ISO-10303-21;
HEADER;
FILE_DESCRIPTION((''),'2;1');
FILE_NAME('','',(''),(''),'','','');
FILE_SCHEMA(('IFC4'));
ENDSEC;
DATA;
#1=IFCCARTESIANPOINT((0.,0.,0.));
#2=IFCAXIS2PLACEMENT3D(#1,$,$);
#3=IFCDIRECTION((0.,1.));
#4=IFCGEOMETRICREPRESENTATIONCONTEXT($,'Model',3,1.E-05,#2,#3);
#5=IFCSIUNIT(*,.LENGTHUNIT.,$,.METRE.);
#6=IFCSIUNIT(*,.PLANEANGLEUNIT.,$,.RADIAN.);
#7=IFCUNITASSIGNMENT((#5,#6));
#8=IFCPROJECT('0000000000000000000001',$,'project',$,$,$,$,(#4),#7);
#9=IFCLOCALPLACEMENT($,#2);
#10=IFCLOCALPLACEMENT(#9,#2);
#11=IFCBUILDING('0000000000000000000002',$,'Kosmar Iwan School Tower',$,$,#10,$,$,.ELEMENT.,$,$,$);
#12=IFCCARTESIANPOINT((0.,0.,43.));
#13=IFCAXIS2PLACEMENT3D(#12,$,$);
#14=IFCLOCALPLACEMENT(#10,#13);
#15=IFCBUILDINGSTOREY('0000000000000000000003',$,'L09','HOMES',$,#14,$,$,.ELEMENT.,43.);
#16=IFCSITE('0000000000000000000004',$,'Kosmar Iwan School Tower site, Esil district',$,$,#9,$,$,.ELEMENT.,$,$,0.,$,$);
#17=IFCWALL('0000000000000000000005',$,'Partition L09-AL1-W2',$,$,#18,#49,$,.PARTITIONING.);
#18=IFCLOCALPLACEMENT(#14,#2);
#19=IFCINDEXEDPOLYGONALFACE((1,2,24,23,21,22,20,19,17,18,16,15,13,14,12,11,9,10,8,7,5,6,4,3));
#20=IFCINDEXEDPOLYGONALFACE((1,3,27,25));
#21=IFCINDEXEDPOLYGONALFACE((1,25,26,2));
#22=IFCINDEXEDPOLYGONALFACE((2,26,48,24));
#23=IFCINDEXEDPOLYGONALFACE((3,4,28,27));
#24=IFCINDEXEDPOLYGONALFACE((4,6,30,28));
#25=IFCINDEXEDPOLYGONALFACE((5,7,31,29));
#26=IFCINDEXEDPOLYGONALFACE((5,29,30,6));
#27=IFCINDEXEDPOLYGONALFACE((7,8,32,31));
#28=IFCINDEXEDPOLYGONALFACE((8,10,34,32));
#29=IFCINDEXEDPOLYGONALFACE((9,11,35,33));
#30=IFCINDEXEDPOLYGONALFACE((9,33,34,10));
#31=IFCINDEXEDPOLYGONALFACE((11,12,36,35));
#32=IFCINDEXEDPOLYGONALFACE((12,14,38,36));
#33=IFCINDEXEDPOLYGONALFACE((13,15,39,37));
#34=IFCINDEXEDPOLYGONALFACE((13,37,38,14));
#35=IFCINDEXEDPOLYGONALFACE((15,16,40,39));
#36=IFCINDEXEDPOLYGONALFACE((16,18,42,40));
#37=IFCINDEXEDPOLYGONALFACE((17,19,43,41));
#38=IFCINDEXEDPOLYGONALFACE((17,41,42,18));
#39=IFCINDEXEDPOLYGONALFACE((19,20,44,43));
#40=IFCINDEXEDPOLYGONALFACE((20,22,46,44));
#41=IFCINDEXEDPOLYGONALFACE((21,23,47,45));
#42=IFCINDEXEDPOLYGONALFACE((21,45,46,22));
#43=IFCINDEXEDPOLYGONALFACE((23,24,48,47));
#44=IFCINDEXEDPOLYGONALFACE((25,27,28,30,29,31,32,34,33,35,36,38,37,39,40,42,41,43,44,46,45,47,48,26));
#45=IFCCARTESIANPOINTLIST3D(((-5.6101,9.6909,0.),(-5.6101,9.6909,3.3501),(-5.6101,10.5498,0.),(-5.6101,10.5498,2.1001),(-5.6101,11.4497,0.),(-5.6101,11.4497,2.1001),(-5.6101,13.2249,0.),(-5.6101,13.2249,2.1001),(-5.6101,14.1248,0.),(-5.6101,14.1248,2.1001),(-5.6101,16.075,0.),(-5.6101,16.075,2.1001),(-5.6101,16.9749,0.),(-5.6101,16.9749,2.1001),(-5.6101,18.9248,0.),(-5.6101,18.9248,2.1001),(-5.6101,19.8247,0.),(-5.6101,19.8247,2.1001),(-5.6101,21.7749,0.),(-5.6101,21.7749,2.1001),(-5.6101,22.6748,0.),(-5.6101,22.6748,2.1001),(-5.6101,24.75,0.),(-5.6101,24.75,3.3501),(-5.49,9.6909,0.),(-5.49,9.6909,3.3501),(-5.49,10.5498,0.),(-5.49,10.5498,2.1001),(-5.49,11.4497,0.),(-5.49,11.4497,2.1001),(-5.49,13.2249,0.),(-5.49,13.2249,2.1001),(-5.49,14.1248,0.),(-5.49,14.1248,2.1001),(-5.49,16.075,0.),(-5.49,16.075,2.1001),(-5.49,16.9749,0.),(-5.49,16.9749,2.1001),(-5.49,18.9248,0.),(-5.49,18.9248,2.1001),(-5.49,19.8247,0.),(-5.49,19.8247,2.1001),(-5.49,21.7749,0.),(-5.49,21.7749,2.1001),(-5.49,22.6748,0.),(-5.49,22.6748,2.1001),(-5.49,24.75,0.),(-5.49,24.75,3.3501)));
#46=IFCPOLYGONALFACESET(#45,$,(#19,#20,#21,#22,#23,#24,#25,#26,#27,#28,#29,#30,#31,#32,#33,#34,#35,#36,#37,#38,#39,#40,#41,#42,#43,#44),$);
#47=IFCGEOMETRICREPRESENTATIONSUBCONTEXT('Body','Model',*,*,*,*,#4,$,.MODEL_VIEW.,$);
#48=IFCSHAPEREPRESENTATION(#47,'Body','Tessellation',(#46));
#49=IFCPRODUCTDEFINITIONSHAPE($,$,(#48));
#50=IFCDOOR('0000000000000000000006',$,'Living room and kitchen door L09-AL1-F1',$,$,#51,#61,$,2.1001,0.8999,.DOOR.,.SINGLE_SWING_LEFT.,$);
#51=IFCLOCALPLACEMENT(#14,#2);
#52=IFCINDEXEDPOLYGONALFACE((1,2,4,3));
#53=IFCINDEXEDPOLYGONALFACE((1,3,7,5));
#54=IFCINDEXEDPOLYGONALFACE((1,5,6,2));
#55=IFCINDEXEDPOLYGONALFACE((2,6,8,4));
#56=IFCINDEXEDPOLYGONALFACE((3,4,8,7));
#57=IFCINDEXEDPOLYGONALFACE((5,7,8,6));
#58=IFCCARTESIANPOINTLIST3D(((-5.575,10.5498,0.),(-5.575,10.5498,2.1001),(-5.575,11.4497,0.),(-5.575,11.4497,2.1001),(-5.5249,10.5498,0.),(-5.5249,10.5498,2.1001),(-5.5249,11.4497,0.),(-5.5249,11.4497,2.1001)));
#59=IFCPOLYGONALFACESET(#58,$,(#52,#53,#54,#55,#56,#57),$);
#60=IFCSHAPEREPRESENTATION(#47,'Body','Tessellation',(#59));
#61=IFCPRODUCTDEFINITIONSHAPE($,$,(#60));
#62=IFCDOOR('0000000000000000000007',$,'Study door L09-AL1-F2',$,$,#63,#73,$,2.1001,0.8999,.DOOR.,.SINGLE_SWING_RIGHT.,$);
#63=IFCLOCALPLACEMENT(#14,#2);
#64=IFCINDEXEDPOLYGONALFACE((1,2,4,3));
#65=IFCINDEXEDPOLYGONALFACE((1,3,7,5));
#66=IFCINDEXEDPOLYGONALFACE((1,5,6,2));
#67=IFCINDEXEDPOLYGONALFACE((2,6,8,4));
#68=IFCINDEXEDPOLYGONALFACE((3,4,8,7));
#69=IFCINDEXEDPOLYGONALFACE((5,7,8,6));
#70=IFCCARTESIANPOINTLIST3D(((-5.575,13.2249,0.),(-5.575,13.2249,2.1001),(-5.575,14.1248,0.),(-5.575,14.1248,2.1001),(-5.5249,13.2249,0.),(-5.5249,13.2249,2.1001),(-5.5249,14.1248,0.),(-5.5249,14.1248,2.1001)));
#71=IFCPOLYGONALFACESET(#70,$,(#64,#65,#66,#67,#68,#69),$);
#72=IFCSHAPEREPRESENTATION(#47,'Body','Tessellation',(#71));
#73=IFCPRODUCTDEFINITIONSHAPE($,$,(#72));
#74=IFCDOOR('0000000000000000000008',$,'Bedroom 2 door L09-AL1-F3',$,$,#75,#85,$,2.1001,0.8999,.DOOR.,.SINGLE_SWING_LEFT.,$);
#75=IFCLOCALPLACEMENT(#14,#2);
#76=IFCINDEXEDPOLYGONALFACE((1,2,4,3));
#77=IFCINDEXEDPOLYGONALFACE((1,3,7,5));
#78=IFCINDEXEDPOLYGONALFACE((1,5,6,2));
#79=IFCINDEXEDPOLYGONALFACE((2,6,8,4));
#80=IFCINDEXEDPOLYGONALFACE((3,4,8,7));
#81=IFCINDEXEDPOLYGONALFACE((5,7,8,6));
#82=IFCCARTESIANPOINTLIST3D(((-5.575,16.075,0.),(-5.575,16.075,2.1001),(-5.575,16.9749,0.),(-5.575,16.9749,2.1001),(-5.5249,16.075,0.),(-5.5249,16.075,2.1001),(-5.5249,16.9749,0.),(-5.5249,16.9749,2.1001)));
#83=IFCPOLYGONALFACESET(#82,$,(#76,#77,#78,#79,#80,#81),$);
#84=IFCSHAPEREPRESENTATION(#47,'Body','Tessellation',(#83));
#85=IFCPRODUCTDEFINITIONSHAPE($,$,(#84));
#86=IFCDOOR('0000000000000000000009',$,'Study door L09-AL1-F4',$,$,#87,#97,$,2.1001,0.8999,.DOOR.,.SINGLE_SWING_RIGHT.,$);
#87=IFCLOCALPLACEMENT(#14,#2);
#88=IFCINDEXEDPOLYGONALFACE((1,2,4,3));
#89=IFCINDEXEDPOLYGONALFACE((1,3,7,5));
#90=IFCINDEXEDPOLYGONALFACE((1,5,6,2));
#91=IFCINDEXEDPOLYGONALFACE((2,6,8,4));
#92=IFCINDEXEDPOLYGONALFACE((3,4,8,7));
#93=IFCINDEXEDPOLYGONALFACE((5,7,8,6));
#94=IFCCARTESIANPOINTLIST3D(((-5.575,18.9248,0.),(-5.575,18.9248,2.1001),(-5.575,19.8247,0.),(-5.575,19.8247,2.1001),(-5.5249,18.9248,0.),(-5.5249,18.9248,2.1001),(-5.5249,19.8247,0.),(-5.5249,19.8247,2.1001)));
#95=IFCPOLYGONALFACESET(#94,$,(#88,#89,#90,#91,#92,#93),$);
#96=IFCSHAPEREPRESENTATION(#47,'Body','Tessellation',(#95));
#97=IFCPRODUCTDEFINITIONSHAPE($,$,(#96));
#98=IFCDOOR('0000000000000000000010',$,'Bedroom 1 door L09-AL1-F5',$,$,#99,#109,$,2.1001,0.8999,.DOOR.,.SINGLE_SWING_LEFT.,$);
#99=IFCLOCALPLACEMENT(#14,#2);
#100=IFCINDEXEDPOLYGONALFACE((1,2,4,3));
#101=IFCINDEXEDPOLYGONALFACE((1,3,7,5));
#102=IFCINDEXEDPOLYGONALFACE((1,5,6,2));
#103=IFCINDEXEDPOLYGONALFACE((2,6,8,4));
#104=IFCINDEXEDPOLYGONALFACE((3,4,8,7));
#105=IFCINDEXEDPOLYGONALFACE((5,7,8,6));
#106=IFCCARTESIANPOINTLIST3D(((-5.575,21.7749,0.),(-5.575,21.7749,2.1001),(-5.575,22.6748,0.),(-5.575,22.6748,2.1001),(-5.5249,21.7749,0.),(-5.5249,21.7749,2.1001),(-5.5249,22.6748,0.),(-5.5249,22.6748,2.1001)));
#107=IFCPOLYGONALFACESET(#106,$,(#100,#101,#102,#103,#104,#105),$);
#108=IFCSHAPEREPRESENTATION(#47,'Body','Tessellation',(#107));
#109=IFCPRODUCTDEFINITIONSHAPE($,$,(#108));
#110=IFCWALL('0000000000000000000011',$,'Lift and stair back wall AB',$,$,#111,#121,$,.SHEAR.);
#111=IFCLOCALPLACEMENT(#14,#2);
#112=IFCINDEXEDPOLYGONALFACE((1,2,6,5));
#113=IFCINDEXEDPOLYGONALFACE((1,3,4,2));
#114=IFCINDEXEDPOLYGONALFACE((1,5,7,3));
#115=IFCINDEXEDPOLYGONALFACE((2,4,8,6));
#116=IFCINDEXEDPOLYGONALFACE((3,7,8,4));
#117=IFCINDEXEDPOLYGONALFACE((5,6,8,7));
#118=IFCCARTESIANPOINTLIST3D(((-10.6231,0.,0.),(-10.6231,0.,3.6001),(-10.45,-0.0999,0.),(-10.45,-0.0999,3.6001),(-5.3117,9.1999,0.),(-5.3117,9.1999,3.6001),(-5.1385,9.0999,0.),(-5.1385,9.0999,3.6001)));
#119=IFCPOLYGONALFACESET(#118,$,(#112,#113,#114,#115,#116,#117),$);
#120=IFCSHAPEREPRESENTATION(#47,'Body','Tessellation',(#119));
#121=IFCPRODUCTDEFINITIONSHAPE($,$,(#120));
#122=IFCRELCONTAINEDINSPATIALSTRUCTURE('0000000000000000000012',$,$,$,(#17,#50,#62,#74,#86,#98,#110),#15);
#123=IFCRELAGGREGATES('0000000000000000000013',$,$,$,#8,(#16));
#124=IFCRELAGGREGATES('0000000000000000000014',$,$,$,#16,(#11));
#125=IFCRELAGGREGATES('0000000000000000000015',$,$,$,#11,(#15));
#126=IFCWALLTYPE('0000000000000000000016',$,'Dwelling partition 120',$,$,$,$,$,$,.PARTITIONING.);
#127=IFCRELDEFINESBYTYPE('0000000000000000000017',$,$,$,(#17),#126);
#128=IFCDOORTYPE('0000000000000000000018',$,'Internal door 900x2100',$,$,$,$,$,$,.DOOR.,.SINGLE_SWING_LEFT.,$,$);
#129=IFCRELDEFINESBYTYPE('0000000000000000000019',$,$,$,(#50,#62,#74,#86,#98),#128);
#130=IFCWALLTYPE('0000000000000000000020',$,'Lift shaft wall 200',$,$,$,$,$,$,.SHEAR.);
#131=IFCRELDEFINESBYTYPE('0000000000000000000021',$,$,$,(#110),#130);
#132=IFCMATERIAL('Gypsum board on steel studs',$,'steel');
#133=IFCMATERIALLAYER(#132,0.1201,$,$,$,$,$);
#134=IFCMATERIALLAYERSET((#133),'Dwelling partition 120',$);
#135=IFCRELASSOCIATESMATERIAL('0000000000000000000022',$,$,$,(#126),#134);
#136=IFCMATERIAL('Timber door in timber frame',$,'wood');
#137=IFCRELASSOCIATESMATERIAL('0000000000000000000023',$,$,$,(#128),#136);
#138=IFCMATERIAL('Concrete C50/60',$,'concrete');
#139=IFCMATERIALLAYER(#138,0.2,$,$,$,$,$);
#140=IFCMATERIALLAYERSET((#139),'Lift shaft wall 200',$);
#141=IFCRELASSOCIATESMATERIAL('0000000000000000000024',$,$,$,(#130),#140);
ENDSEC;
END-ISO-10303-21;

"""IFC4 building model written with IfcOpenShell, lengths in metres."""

from ifc_helpers import new_model, si_unit, direction, frame, frame_2d, origin, place, context, subcontext, project, spatial, rectangle, extrude, material, layer, layer_set, type_object, element, fill, save


model = new_model("IFC4")

# Units and contexts
model_context = context("Model", 3, precision=1e-05, world=origin(), true_north=direction((0.0, 1.0)))
body_context = subcontext(model_context, "Body", "Model", "MODEL_VIEW")
ifc_project = project(units=[si_unit("LENGTHUNIT", "METRE"), si_unit("PLANEANGLEUNIT", "RADIAN")], contexts=[model_context])

# Site, building, storey
site_placement = place(None, origin())
site = spatial("IfcSite", under=ifc_project, at=site_placement, Name="Kosmar Iwan School Tower site, Esil district", CompositionType="ELEMENT", RefElevation=0.0)
building_placement = place(site_placement, origin())
building = spatial("IfcBuilding", under=site, at=building_placement, Name="Kosmar Iwan School Tower", CompositionType="ELEMENT")
storey_placement = place(building_placement, frame((0.0, 0.0, 43.0)))
storey = spatial("IfcBuildingStorey", under=building, at=storey_placement, Name="L09", Description="HOMES", CompositionType="ELEMENT", Elevation=43.0)

# Wall, openings, doors
ifc_material_1 = material(Name="Gypsum board on steel studs", Category="steel")
ifc_layer_1 = layer(ifc_material_1, 0.1201)
ifc_layer_set_1 = layer_set([ifc_layer_1], Name="Dwelling partition 120")
wall_type_1 = type_object("IfcWallType", Name="Dwelling partition 120", PredefinedType="PARTITIONING", material=ifc_layer_set_1)
wall_1_placement = place(storey_placement, frame((-5.55, 9.6909, 0.0), z_axis=(0.0, 0.0, 1.0), x_axis=(0.0, 1.0, 0.0)))
wall_1 = element("IfcWall", 1, at=wall_1_placement, inside=storey, type_object=wall_type_1, Name="Partition L09-AL1-W2", PredefinedType="PARTITIONING", context=body_context, shape_type="SweptSolid", body=[
    extrude(rectangle(XDim=15.0591, YDim=0.1201, at=frame_2d((7.5295, 0.0))), origin(), (0.0, 0.0, 1.0), 3.3501),
])
opening_1_placement = place(wall_1_placement, frame((0.8589, 0.0, 0.0)))
opening_1 = element("IfcOpeningElement", 2, at=opening_1_placement, cuts=wall_1, PredefinedType="OPENING", context=body_context, shape_type="SweptSolid", body=[
    extrude(rectangle(XDim=0.8999, YDim=2.1001, at=frame_2d((0.45, 1.05))), frame((0.0, 0.072, 0.0), z_axis=(0.0, -1.0, 0.0), x_axis=(1.0, 0.0, 0.0)), (0.0, 0.0, 1.0), 0.144),
])
opening_2_placement = place(wall_1_placement, frame((3.5339, 0.0, 0.0)))
opening_2 = element("IfcOpeningElement", 3, at=opening_2_placement, cuts=wall_1, PredefinedType="OPENING", context=body_context, shape_type="SweptSolid", body=[
    extrude(rectangle(XDim=0.8999, YDim=2.1001, at=frame_2d((0.45, 1.05))), frame((0.0, 0.072, 0.0), z_axis=(0.0, -1.0, 0.0), x_axis=(1.0, 0.0, 0.0)), (0.0, 0.0, 1.0), 0.144),
])
opening_3_placement = place(wall_1_placement, frame((6.384, 0.0, 0.0)))
opening_3 = element("IfcOpeningElement", 4, at=opening_3_placement, cuts=wall_1, PredefinedType="OPENING", context=body_context, shape_type="SweptSolid", body=[
    extrude(rectangle(XDim=0.8999, YDim=2.1001, at=frame_2d((0.45, 1.05))), frame((0.0, 0.072, 0.0), z_axis=(0.0, -1.0, 0.0), x_axis=(1.0, 0.0, 0.0)), (0.0, 0.0, 1.0), 0.144),
])
opening_4_placement = place(wall_1_placement, frame((9.2339, 0.0, 0.0)))
opening_4 = element("IfcOpeningElement", 5, at=opening_4_placement, cuts=wall_1, PredefinedType="OPENING", context=body_context, shape_type="SweptSolid", body=[
    extrude(rectangle(XDim=0.8999, YDim=2.1001, at=frame_2d((0.45, 1.05))), frame((0.0, 0.072, 0.0), z_axis=(0.0, -1.0, 0.0), x_axis=(1.0, 0.0, 0.0)), (0.0, 0.0, 1.0), 0.144),
])
opening_5_placement = place(wall_1_placement, frame((12.084, 0.0, 0.0)))
opening_5 = element("IfcOpeningElement", 6, at=opening_5_placement, cuts=wall_1, PredefinedType="OPENING", context=body_context, shape_type="SweptSolid", body=[
    extrude(rectangle(XDim=0.8999, YDim=2.1001, at=frame_2d((0.45, 1.05))), frame((0.0, 0.072, 0.0), z_axis=(0.0, -1.0, 0.0), x_axis=(1.0, 0.0, 0.0)), (0.0, 0.0, 1.0), 0.144),
])
ifc_material_2 = material(Name="Timber door in timber frame", Category="wood")
door_type = type_object("IfcDoorType", Name="Internal door 900x2100", OperationType="SINGLE_SWING_LEFT", PredefinedType="DOOR", material=ifc_material_2)
door_1_placement = place(opening_1_placement, origin())
door_1 = element("IfcDoor", 7, at=door_1_placement, inside=storey, type_object=door_type, Name="Living room and kitchen door L09-AL1-F1", OperationType="SINGLE_SWING_LEFT", OverallHeight=2.1001, OverallWidth=0.8999, PredefinedType="DOOR", context=body_context, shape_type="SweptSolid", body=[
    extrude(rectangle(XDim=0.8999, YDim=2.1001, at=frame_2d((0.45, 1.05))), frame((0.0, 0.0249, 0.0), z_axis=(0.0, -1.0, 0.0), x_axis=(1.0, 0.0, 0.0)), (0.0, 0.0, 1.0), 0.05),
])
fill(opening_1, door_1)
door_2_placement = place(opening_2_placement, origin())
door_2 = element("IfcDoor", 8, at=door_2_placement, inside=storey, type_object=door_type, Name="Study door L09-AL1-F2", OperationType="SINGLE_SWING_RIGHT", OverallHeight=2.1001, OverallWidth=0.8999, PredefinedType="DOOR", context=body_context, shape_type="SweptSolid", body=[
    extrude(rectangle(XDim=0.8999, YDim=2.1001, at=frame_2d((0.45, 1.05))), frame((0.0, 0.0249, 0.0), z_axis=(0.0, -1.0, 0.0), x_axis=(1.0, 0.0, 0.0)), (0.0, 0.0, 1.0), 0.05),
])
fill(opening_2, door_2)
door_3_placement = place(opening_3_placement, origin())
door_3 = element("IfcDoor", 9, at=door_3_placement, inside=storey, type_object=door_type, Name="Bedroom 2 door L09-AL1-F3", OperationType="SINGLE_SWING_LEFT", OverallHeight=2.1001, OverallWidth=0.8999, PredefinedType="DOOR", context=body_context, shape_type="SweptSolid", body=[
    extrude(rectangle(XDim=0.8999, YDim=2.1001, at=frame_2d((0.45, 1.05))), frame((0.0, 0.0249, 0.0), z_axis=(0.0, -1.0, 0.0), x_axis=(1.0, 0.0, 0.0)), (0.0, 0.0, 1.0), 0.05),
])
fill(opening_3, door_3)
door_4_placement = place(opening_4_placement, origin())
door_4 = element("IfcDoor", 10, at=door_4_placement, inside=storey, type_object=door_type, Name="Study door L09-AL1-F4", OperationType="SINGLE_SWING_RIGHT", OverallHeight=2.1001, OverallWidth=0.8999, PredefinedType="DOOR", context=body_context, shape_type="SweptSolid", body=[
    extrude(rectangle(XDim=0.8999, YDim=2.1001, at=frame_2d((0.45, 1.05))), frame((0.0, 0.0249, 0.0), z_axis=(0.0, -1.0, 0.0), x_axis=(1.0, 0.0, 0.0)), (0.0, 0.0, 1.0), 0.05),
])
fill(opening_4, door_4)
door_5_placement = place(opening_5_placement, origin())
door_5 = element("IfcDoor", 11, at=door_5_placement, inside=storey, type_object=door_type, Name="Bedroom 1 door L09-AL1-F5", OperationType="SINGLE_SWING_LEFT", OverallHeight=2.1001, OverallWidth=0.8999, PredefinedType="DOOR", context=body_context, shape_type="SweptSolid", body=[
    extrude(rectangle(XDim=0.8999, YDim=2.1001, at=frame_2d((0.45, 1.05))), frame((0.0, 0.0249, 0.0), z_axis=(0.0, -1.0, 0.0), x_axis=(1.0, 0.0, 0.0)), (0.0, 0.0, 1.0), 0.05),
])
fill(opening_5, door_5)

# Wall
ifc_material_3 = material(Name="Concrete C50/60", Category="concrete")
ifc_layer_2 = layer(ifc_material_3, 0.2)
ifc_layer_set_2 = layer_set([ifc_layer_2], Name="Lift shaft wall 200")
wall_type_2 = type_object("IfcWallType", Name="Lift shaft wall 200", PredefinedType="SHEAR", material=ifc_layer_set_2)
wall_2_placement = place(storey_placement, frame((-5.2251, 9.1499, 0.0), z_axis=(0.0, 0.0, 1.0), x_axis=(-0.499995, -0.866028, 0.0)))
element("IfcWall", 12, at=wall_2_placement, inside=storey, type_object=wall_type_2, Name="Lift and stair back wall AB", PredefinedType="SHEAR", context=body_context, shape_type="SweptSolid", body=[
    extrude(rectangle(XDim=10.623, YDim=0.2, at=frame_2d((5.3115, 0.0))), origin(), (0.0, 0.0, 1.0), 3.6001),
])

save(model, "model.ifc")
